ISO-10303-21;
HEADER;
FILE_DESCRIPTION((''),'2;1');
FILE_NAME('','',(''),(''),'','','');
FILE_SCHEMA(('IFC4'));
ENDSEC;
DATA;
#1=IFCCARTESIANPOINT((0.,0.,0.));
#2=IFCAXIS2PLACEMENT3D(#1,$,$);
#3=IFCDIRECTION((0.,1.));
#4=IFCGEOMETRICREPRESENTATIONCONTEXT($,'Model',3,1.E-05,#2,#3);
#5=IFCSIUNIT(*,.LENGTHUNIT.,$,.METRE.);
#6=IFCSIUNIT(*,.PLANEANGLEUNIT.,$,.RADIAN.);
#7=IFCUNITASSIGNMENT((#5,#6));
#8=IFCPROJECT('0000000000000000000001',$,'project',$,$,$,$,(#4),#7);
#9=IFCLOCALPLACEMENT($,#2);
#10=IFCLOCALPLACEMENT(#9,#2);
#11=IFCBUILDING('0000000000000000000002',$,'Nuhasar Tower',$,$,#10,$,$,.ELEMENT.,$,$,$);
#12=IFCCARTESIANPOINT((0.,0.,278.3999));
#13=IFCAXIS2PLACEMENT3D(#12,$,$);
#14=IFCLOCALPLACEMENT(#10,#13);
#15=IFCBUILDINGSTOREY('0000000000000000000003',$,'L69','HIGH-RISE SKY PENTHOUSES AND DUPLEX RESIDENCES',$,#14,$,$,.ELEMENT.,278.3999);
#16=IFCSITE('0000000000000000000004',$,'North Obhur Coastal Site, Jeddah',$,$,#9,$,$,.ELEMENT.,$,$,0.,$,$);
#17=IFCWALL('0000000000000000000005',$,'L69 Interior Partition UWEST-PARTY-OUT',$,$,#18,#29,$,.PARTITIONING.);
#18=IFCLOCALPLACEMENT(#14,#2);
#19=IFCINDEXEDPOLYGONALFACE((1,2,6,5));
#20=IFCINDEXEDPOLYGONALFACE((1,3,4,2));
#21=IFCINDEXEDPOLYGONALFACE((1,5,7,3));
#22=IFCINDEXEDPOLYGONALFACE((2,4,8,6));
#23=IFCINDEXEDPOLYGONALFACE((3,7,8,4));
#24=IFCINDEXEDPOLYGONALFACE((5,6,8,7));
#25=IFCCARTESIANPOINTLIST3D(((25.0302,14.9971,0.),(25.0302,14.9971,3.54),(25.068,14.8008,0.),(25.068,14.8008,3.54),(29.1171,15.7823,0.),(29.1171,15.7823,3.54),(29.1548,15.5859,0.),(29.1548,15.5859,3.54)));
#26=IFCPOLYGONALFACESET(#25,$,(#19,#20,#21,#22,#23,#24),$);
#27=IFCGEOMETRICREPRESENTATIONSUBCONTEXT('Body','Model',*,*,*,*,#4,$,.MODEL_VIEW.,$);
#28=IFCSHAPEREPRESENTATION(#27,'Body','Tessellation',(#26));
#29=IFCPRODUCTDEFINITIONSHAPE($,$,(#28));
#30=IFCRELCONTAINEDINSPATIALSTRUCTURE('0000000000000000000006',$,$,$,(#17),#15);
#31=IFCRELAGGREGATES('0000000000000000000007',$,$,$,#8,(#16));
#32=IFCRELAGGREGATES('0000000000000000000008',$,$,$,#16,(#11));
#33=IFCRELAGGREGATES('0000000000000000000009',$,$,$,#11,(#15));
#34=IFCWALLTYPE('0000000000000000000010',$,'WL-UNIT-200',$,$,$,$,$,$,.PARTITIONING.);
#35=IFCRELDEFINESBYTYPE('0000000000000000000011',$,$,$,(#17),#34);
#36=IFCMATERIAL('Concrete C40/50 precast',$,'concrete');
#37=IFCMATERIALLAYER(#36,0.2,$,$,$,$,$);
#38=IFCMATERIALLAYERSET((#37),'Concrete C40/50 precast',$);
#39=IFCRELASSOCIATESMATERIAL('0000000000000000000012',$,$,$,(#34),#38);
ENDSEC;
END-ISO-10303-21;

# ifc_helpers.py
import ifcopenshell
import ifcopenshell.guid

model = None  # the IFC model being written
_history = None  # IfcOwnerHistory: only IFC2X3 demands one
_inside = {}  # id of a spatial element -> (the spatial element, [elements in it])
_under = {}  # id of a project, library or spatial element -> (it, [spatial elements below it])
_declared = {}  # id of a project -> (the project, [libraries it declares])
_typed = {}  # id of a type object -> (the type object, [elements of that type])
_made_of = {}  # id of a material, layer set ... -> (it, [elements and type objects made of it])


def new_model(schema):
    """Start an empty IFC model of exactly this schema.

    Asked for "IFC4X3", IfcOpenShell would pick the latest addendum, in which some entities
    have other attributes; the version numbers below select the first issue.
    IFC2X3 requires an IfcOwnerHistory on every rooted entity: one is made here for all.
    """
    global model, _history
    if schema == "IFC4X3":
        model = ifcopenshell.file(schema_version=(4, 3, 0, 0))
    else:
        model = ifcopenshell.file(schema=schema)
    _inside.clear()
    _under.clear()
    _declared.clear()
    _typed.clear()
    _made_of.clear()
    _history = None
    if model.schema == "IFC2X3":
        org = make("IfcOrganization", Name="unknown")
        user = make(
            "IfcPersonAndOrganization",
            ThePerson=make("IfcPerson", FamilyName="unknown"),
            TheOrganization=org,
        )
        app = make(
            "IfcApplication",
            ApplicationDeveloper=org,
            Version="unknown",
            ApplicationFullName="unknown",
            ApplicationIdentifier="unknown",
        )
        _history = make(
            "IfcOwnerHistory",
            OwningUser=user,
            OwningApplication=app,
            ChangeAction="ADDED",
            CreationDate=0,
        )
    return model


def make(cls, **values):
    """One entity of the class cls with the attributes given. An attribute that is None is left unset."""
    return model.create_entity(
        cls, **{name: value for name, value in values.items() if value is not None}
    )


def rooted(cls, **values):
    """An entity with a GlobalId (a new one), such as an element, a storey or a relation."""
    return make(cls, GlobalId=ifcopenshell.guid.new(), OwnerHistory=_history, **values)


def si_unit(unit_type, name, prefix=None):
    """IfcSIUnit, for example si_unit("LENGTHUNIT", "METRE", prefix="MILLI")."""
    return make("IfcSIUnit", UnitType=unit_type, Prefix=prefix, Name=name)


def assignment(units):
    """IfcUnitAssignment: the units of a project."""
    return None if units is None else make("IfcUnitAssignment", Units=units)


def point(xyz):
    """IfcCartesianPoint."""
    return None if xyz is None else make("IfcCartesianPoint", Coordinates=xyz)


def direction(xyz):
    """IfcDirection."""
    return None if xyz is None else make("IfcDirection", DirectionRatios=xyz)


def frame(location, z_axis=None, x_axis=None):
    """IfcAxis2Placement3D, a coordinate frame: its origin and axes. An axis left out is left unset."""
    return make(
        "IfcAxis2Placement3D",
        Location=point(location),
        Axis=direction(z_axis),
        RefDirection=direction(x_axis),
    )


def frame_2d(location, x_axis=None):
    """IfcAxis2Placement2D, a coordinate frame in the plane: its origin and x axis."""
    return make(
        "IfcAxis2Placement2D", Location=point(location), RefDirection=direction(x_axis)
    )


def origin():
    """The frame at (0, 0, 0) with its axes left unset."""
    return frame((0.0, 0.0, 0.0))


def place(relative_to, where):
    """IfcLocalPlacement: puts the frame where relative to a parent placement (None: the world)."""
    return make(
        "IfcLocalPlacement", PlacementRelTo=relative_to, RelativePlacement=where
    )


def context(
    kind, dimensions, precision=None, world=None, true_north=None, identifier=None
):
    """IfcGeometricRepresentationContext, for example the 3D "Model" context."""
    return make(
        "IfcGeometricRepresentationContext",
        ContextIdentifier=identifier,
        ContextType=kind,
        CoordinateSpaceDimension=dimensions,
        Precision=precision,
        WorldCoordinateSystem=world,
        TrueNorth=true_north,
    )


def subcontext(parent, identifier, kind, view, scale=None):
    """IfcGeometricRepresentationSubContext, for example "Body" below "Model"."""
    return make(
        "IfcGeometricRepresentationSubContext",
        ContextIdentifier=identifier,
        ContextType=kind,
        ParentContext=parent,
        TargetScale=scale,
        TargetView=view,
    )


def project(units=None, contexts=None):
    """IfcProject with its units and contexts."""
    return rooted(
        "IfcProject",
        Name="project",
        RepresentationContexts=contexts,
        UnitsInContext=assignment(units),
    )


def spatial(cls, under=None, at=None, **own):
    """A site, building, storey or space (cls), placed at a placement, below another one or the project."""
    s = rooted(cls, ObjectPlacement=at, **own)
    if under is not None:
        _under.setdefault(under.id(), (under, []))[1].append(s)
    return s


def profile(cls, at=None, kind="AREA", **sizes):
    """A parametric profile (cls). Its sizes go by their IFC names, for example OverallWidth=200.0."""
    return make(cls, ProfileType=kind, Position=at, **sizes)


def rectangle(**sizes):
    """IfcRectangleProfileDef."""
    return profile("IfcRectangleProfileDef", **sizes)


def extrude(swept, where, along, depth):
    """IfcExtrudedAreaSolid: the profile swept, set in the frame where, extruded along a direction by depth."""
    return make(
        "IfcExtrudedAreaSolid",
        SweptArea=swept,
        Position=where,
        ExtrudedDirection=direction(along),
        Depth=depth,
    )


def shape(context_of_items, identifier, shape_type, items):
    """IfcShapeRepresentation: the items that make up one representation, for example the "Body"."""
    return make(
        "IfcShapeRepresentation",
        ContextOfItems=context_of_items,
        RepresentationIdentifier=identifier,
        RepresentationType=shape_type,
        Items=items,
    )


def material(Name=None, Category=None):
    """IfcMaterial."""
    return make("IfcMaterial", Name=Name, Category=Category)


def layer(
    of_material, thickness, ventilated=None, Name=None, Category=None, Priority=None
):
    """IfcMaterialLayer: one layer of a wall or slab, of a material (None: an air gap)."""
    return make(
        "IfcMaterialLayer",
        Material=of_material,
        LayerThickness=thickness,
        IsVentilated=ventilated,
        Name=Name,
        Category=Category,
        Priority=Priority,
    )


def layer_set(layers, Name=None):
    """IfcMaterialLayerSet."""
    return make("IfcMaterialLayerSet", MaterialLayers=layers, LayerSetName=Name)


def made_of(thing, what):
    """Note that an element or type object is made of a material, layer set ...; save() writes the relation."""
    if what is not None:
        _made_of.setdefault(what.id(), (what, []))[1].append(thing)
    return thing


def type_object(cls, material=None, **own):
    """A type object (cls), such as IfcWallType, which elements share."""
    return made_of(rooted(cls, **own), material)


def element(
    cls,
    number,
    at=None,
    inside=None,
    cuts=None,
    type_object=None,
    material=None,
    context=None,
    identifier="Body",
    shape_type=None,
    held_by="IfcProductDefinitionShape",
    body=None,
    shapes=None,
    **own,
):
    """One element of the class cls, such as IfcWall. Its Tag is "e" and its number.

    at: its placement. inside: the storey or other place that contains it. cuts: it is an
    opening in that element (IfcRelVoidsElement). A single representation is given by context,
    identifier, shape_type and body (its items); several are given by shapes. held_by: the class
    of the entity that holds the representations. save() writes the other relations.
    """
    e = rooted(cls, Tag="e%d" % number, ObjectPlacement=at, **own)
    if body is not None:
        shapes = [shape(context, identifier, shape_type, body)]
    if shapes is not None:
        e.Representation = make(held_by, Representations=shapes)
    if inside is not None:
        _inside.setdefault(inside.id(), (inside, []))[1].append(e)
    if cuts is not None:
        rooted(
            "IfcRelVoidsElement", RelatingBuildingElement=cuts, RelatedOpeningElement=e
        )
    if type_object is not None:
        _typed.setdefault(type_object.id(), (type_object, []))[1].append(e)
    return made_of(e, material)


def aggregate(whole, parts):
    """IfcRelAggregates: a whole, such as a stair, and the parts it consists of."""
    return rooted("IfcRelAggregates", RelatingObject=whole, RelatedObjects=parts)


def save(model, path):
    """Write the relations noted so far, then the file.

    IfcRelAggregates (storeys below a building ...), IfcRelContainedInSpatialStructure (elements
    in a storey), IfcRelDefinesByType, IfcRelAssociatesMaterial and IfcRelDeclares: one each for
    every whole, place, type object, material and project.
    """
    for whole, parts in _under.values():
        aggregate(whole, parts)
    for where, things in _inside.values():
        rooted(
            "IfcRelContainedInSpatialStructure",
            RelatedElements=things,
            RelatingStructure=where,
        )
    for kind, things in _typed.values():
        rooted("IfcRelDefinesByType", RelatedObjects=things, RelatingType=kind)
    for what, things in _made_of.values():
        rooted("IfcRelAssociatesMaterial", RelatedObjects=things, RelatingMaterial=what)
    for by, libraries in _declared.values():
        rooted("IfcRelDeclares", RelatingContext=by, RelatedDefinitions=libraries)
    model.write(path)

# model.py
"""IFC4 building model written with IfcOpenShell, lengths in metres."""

from ifc_helpers import new_model, si_unit, direction, frame, frame_2d, origin, place, context, subcontext, project, spatial, rectangle, extrude, material, layer, layer_set, type_object, element, save


model = new_model("IFC4")

# Units and contexts
model_context = context("Model", 3, precision=1e-05, world=origin(), true_north=direction((0.0, 1.0)))
body_context = subcontext(model_context, "Body", "Model", "MODEL_VIEW")
ifc_project = project(units=[si_unit("LENGTHUNIT", "METRE"), si_unit("PLANEANGLEUNIT", "RADIAN")], contexts=[model_context])

# Site, building, storey
site_placement = place(None, origin())
site = spatial("IfcSite", under=ifc_project, at=site_placement, Name="North Obhur Coastal Site, Jeddah", CompositionType="ELEMENT", RefElevation=0.0)
building_placement = place(site_placement, origin())
building = spatial("IfcBuilding", under=site, at=building_placement, Name="Nuhasar Tower", CompositionType="ELEMENT")
storey_placement = place(building_placement, frame((0.0, 0.0, 278.3999)))
storey = spatial("IfcBuildingStorey", under=building, at=storey_placement, Name="L69", Description="HIGH-RISE SKY PENTHOUSES AND DUPLEX RESIDENCES", CompositionType="ELEMENT", Elevation=278.3999)

# Wall
ifc_material_1 = material(Name="Concrete C40/50 precast", Category="concrete")
ifc_layer_1 = layer(ifc_material_1, 0.2)
ifc_layer_set_1 = layer_set([ifc_layer_1], Name="Concrete C40/50 precast")
wall_type_1 = type_object("IfcWallType", Name="WL-UNIT-200", PredefinedType="PARTITIONING", material=ifc_layer_set_1)
wall_1_placement = place(storey_placement, frame((29.136, 15.6841, 0.0), z_axis=(0.0, 0.0, 1.0), x_axis=(-0.982042, -0.188665, 0.0)))
element("IfcWall", 1, at=wall_1_placement, inside=storey, type_object=wall_type_1, Name="L69 Interior Partition UWEST-PARTY-OUT", PredefinedType="PARTITIONING", context=body_context, shape_type="SweptSolid", body=[
    extrude(rectangle(XDim=4.1616, YDim=0.2, at=frame_2d((2.0808, 0.0))), origin(), (0.0, 0.0, 1.0), 3.54),
])

save(model, "model.ifc")
